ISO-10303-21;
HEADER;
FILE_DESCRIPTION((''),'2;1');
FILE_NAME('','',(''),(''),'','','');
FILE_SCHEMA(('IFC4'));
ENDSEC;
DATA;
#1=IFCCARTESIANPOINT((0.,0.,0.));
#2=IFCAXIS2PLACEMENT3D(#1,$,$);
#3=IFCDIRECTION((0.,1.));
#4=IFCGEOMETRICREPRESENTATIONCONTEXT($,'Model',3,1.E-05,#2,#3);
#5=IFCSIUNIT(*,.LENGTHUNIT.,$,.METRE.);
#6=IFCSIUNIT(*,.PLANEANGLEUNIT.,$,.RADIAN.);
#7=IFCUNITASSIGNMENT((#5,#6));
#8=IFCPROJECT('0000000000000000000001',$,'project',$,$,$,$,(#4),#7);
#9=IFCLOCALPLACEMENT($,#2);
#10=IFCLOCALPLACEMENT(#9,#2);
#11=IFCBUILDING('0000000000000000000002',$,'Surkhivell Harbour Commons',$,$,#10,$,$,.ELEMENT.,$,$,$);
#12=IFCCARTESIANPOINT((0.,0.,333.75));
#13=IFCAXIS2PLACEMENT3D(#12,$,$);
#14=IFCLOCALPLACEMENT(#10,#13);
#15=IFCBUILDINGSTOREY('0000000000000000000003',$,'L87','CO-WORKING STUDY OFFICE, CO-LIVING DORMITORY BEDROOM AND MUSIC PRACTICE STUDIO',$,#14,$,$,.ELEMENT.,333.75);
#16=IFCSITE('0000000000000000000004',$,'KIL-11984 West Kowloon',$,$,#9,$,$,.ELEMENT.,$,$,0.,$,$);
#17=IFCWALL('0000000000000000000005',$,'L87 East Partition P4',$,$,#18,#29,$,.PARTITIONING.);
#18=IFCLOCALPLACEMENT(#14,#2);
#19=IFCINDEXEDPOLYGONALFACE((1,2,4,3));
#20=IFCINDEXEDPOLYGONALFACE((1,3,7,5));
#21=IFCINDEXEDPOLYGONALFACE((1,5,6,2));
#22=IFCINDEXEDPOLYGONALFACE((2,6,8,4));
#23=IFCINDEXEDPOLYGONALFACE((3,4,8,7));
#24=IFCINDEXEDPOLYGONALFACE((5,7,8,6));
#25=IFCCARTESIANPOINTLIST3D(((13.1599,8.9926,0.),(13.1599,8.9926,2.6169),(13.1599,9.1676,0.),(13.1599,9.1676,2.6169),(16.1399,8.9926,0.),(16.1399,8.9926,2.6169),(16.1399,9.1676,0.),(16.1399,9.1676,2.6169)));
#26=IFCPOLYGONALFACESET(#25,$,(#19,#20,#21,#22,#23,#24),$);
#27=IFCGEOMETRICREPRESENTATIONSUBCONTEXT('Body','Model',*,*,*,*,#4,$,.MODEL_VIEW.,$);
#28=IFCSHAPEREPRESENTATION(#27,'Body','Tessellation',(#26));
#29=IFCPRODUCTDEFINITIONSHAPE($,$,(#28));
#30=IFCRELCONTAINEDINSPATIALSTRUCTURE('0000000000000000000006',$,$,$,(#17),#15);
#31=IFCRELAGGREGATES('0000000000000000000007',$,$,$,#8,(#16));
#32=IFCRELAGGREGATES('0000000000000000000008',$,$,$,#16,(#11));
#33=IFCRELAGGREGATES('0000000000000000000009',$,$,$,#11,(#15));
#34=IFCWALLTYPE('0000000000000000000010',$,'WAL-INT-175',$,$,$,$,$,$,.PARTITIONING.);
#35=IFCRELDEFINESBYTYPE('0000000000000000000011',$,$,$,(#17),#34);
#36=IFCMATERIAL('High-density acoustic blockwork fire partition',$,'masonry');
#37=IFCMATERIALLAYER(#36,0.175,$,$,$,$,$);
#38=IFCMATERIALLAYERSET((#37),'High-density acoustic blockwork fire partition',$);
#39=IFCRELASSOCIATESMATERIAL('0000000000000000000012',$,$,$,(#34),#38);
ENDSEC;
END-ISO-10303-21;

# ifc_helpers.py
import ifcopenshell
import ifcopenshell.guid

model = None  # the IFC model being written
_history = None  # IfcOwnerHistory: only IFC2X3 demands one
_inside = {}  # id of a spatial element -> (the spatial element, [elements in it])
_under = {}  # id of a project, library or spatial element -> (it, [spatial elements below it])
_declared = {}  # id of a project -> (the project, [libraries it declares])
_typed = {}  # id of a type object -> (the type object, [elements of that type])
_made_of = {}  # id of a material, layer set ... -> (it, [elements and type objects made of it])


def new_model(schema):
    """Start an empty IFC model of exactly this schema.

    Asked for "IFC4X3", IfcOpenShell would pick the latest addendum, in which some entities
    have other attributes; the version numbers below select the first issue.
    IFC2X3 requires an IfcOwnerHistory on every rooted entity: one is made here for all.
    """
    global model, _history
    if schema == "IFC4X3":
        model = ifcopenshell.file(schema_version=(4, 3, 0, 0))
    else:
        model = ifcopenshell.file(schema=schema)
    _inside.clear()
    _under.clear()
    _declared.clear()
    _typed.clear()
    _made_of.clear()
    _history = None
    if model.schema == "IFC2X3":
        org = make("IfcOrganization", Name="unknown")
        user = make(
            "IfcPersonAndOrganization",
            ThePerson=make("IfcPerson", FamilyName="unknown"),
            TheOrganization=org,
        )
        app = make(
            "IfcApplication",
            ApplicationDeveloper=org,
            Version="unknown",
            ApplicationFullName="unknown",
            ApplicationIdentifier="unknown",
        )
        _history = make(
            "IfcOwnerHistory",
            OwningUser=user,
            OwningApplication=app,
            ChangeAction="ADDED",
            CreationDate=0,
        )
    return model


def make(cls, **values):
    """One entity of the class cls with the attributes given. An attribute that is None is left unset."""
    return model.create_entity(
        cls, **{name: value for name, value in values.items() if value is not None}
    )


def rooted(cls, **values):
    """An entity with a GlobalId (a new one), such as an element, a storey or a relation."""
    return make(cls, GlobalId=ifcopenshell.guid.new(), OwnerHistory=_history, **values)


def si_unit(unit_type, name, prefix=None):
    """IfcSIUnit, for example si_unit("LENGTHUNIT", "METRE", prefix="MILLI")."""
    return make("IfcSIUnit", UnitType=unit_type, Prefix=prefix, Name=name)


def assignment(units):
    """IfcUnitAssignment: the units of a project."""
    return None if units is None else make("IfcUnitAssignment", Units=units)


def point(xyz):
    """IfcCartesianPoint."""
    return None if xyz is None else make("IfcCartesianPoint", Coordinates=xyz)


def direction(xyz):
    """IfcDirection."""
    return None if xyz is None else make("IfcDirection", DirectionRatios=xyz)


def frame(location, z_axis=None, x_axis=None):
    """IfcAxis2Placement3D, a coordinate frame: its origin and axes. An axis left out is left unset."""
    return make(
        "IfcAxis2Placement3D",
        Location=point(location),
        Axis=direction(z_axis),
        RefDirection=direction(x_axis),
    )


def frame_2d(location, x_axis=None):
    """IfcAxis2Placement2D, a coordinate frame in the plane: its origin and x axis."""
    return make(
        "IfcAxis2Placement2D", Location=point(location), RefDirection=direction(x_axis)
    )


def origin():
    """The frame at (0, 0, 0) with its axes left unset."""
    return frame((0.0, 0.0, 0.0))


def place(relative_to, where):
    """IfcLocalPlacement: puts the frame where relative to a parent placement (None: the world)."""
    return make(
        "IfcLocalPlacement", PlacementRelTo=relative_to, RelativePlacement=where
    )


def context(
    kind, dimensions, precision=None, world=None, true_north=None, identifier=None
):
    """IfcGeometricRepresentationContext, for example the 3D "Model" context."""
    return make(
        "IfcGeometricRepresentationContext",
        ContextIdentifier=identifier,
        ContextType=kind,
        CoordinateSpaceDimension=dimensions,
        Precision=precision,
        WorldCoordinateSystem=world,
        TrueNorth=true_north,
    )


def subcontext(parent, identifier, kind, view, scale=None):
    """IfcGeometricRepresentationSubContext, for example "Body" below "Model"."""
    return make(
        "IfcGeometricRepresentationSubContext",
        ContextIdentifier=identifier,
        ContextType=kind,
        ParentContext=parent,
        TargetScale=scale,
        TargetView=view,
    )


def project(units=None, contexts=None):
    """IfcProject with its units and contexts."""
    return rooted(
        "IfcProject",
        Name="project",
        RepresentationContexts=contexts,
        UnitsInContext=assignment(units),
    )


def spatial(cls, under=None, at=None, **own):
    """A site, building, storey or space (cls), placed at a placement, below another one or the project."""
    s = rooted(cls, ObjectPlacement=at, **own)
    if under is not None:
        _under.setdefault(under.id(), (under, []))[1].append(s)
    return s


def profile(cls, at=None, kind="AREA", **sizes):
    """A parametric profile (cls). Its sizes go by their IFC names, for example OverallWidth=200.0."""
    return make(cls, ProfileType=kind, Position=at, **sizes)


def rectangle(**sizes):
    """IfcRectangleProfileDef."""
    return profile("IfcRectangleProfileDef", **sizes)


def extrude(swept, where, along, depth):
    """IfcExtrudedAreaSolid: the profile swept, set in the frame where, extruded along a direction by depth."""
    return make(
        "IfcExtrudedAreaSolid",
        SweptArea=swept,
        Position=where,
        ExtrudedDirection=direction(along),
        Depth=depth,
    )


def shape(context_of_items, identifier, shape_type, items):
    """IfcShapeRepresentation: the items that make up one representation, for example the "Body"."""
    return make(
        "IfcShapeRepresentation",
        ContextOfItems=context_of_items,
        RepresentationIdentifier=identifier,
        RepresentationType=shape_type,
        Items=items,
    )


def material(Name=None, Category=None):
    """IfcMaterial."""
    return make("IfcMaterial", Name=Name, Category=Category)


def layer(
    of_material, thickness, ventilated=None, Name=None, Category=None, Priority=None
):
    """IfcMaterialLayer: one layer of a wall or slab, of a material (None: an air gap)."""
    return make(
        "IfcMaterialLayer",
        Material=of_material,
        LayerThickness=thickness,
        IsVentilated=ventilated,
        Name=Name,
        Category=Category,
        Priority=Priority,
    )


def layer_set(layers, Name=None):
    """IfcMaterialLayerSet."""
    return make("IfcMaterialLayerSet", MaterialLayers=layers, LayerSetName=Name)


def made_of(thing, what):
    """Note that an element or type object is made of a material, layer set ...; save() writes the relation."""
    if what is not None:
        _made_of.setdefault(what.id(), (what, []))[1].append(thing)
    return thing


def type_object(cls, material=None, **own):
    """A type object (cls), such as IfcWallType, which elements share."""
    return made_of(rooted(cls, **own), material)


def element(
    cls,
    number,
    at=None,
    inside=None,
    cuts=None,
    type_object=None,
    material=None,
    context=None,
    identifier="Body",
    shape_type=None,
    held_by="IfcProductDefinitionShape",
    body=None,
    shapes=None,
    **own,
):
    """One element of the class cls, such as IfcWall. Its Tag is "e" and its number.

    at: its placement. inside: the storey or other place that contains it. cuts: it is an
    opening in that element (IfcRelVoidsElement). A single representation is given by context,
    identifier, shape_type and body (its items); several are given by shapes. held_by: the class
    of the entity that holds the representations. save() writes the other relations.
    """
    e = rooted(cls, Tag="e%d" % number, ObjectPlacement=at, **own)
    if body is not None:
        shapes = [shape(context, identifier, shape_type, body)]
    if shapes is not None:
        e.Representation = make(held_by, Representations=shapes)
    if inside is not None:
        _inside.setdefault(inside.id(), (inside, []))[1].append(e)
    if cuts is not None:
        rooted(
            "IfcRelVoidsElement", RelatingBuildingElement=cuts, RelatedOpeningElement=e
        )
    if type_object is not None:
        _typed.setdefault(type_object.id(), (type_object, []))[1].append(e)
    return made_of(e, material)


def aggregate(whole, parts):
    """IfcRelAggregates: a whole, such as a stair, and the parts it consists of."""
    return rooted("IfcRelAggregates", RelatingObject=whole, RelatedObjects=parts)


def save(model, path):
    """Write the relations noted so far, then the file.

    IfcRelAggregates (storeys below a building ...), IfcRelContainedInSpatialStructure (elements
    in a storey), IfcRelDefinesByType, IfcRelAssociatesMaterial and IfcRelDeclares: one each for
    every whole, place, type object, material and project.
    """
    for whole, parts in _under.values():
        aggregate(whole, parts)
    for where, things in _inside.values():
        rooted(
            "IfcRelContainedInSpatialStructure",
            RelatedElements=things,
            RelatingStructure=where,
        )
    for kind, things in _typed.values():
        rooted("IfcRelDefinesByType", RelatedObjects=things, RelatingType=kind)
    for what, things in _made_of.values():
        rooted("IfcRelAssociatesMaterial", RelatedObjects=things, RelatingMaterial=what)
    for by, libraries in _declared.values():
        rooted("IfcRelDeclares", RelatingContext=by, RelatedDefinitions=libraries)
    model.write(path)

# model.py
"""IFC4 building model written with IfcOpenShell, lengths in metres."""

from ifc_helpers import new_model, si_unit, direction, frame, frame_2d, origin, place, context, subcontext, project, spatial, rectangle, extrude, material, layer, layer_set, type_object, element, save


model = new_model("IFC4")

# Units and contexts
model_context = context("Model", 3, precision=1e-05, world=origin(), true_north=direction((0.0, 1.0)))
body_context = subcontext(model_context, "Body", "Model", "MODEL_VIEW")
ifc_project = project(units=[si_unit("LENGTHUNIT", "METRE"), si_unit("PLANEANGLEUNIT", "RADIAN")], contexts=[model_context])

# Site, building, storey
site_placement = place(None, origin())
site = spatial("IfcSite", under=ifc_project, at=site_placement, Name="KIL-11984 West Kowloon", CompositionType="ELEMENT", RefElevation=0.0)
building_placement = place(site_placement, origin())
building = spatial("IfcBuilding", under=site, at=building_placement, Name="Surkhivell Harbour Commons", CompositionType="ELEMENT")
storey_placement = place(building_placement, frame((0.0, 0.0, 333.75)))
storey = spatial("IfcBuildingStorey", under=building, at=storey_placement, Name="L87", Description="CO-WORKING STUDY OFFICE, CO-LIVING DORMITORY BEDROOM AND MUSIC PRACTICE STUDIO", CompositionType="ELEMENT", Elevation=333.75)

# Wall
ifc_material_1 = material(Name="High-density acoustic blockwork fire partition", Category="masonry")
ifc_layer_1 = layer(ifc_material_1, 0.175)
ifc_layer_set_1 = layer_set([ifc_layer_1], Name="High-density acoustic blockwork fire partition")
wall_type_1 = type_object("IfcWallType", Name="WAL-INT-175", PredefinedType="PARTITIONING", material=ifc_layer_set_1)
for number, where, z_axis, x_axis, name in (
    (1, (13.1599, 9.0801, 0.0), (0.0, 0.0, 1.0), (1.0, 0.0, 0.0), "L87 East Partition P4"),
):
    element("IfcWall", number, at=place(storey_placement, frame(where, z_axis=z_axis, x_axis=x_axis)), inside=storey, type_object=wall_type_1, Name=name, PredefinedType="PARTITIONING", context=body_context, shape_type="SweptSolid", body=[
        extrude(rectangle(XDim=2.98, YDim=0.175, at=frame_2d((1.49, 0.0))), origin(), (0.0, 0.0, 1.0), 2.6169),
    ])

save(model, "model.ifc")
